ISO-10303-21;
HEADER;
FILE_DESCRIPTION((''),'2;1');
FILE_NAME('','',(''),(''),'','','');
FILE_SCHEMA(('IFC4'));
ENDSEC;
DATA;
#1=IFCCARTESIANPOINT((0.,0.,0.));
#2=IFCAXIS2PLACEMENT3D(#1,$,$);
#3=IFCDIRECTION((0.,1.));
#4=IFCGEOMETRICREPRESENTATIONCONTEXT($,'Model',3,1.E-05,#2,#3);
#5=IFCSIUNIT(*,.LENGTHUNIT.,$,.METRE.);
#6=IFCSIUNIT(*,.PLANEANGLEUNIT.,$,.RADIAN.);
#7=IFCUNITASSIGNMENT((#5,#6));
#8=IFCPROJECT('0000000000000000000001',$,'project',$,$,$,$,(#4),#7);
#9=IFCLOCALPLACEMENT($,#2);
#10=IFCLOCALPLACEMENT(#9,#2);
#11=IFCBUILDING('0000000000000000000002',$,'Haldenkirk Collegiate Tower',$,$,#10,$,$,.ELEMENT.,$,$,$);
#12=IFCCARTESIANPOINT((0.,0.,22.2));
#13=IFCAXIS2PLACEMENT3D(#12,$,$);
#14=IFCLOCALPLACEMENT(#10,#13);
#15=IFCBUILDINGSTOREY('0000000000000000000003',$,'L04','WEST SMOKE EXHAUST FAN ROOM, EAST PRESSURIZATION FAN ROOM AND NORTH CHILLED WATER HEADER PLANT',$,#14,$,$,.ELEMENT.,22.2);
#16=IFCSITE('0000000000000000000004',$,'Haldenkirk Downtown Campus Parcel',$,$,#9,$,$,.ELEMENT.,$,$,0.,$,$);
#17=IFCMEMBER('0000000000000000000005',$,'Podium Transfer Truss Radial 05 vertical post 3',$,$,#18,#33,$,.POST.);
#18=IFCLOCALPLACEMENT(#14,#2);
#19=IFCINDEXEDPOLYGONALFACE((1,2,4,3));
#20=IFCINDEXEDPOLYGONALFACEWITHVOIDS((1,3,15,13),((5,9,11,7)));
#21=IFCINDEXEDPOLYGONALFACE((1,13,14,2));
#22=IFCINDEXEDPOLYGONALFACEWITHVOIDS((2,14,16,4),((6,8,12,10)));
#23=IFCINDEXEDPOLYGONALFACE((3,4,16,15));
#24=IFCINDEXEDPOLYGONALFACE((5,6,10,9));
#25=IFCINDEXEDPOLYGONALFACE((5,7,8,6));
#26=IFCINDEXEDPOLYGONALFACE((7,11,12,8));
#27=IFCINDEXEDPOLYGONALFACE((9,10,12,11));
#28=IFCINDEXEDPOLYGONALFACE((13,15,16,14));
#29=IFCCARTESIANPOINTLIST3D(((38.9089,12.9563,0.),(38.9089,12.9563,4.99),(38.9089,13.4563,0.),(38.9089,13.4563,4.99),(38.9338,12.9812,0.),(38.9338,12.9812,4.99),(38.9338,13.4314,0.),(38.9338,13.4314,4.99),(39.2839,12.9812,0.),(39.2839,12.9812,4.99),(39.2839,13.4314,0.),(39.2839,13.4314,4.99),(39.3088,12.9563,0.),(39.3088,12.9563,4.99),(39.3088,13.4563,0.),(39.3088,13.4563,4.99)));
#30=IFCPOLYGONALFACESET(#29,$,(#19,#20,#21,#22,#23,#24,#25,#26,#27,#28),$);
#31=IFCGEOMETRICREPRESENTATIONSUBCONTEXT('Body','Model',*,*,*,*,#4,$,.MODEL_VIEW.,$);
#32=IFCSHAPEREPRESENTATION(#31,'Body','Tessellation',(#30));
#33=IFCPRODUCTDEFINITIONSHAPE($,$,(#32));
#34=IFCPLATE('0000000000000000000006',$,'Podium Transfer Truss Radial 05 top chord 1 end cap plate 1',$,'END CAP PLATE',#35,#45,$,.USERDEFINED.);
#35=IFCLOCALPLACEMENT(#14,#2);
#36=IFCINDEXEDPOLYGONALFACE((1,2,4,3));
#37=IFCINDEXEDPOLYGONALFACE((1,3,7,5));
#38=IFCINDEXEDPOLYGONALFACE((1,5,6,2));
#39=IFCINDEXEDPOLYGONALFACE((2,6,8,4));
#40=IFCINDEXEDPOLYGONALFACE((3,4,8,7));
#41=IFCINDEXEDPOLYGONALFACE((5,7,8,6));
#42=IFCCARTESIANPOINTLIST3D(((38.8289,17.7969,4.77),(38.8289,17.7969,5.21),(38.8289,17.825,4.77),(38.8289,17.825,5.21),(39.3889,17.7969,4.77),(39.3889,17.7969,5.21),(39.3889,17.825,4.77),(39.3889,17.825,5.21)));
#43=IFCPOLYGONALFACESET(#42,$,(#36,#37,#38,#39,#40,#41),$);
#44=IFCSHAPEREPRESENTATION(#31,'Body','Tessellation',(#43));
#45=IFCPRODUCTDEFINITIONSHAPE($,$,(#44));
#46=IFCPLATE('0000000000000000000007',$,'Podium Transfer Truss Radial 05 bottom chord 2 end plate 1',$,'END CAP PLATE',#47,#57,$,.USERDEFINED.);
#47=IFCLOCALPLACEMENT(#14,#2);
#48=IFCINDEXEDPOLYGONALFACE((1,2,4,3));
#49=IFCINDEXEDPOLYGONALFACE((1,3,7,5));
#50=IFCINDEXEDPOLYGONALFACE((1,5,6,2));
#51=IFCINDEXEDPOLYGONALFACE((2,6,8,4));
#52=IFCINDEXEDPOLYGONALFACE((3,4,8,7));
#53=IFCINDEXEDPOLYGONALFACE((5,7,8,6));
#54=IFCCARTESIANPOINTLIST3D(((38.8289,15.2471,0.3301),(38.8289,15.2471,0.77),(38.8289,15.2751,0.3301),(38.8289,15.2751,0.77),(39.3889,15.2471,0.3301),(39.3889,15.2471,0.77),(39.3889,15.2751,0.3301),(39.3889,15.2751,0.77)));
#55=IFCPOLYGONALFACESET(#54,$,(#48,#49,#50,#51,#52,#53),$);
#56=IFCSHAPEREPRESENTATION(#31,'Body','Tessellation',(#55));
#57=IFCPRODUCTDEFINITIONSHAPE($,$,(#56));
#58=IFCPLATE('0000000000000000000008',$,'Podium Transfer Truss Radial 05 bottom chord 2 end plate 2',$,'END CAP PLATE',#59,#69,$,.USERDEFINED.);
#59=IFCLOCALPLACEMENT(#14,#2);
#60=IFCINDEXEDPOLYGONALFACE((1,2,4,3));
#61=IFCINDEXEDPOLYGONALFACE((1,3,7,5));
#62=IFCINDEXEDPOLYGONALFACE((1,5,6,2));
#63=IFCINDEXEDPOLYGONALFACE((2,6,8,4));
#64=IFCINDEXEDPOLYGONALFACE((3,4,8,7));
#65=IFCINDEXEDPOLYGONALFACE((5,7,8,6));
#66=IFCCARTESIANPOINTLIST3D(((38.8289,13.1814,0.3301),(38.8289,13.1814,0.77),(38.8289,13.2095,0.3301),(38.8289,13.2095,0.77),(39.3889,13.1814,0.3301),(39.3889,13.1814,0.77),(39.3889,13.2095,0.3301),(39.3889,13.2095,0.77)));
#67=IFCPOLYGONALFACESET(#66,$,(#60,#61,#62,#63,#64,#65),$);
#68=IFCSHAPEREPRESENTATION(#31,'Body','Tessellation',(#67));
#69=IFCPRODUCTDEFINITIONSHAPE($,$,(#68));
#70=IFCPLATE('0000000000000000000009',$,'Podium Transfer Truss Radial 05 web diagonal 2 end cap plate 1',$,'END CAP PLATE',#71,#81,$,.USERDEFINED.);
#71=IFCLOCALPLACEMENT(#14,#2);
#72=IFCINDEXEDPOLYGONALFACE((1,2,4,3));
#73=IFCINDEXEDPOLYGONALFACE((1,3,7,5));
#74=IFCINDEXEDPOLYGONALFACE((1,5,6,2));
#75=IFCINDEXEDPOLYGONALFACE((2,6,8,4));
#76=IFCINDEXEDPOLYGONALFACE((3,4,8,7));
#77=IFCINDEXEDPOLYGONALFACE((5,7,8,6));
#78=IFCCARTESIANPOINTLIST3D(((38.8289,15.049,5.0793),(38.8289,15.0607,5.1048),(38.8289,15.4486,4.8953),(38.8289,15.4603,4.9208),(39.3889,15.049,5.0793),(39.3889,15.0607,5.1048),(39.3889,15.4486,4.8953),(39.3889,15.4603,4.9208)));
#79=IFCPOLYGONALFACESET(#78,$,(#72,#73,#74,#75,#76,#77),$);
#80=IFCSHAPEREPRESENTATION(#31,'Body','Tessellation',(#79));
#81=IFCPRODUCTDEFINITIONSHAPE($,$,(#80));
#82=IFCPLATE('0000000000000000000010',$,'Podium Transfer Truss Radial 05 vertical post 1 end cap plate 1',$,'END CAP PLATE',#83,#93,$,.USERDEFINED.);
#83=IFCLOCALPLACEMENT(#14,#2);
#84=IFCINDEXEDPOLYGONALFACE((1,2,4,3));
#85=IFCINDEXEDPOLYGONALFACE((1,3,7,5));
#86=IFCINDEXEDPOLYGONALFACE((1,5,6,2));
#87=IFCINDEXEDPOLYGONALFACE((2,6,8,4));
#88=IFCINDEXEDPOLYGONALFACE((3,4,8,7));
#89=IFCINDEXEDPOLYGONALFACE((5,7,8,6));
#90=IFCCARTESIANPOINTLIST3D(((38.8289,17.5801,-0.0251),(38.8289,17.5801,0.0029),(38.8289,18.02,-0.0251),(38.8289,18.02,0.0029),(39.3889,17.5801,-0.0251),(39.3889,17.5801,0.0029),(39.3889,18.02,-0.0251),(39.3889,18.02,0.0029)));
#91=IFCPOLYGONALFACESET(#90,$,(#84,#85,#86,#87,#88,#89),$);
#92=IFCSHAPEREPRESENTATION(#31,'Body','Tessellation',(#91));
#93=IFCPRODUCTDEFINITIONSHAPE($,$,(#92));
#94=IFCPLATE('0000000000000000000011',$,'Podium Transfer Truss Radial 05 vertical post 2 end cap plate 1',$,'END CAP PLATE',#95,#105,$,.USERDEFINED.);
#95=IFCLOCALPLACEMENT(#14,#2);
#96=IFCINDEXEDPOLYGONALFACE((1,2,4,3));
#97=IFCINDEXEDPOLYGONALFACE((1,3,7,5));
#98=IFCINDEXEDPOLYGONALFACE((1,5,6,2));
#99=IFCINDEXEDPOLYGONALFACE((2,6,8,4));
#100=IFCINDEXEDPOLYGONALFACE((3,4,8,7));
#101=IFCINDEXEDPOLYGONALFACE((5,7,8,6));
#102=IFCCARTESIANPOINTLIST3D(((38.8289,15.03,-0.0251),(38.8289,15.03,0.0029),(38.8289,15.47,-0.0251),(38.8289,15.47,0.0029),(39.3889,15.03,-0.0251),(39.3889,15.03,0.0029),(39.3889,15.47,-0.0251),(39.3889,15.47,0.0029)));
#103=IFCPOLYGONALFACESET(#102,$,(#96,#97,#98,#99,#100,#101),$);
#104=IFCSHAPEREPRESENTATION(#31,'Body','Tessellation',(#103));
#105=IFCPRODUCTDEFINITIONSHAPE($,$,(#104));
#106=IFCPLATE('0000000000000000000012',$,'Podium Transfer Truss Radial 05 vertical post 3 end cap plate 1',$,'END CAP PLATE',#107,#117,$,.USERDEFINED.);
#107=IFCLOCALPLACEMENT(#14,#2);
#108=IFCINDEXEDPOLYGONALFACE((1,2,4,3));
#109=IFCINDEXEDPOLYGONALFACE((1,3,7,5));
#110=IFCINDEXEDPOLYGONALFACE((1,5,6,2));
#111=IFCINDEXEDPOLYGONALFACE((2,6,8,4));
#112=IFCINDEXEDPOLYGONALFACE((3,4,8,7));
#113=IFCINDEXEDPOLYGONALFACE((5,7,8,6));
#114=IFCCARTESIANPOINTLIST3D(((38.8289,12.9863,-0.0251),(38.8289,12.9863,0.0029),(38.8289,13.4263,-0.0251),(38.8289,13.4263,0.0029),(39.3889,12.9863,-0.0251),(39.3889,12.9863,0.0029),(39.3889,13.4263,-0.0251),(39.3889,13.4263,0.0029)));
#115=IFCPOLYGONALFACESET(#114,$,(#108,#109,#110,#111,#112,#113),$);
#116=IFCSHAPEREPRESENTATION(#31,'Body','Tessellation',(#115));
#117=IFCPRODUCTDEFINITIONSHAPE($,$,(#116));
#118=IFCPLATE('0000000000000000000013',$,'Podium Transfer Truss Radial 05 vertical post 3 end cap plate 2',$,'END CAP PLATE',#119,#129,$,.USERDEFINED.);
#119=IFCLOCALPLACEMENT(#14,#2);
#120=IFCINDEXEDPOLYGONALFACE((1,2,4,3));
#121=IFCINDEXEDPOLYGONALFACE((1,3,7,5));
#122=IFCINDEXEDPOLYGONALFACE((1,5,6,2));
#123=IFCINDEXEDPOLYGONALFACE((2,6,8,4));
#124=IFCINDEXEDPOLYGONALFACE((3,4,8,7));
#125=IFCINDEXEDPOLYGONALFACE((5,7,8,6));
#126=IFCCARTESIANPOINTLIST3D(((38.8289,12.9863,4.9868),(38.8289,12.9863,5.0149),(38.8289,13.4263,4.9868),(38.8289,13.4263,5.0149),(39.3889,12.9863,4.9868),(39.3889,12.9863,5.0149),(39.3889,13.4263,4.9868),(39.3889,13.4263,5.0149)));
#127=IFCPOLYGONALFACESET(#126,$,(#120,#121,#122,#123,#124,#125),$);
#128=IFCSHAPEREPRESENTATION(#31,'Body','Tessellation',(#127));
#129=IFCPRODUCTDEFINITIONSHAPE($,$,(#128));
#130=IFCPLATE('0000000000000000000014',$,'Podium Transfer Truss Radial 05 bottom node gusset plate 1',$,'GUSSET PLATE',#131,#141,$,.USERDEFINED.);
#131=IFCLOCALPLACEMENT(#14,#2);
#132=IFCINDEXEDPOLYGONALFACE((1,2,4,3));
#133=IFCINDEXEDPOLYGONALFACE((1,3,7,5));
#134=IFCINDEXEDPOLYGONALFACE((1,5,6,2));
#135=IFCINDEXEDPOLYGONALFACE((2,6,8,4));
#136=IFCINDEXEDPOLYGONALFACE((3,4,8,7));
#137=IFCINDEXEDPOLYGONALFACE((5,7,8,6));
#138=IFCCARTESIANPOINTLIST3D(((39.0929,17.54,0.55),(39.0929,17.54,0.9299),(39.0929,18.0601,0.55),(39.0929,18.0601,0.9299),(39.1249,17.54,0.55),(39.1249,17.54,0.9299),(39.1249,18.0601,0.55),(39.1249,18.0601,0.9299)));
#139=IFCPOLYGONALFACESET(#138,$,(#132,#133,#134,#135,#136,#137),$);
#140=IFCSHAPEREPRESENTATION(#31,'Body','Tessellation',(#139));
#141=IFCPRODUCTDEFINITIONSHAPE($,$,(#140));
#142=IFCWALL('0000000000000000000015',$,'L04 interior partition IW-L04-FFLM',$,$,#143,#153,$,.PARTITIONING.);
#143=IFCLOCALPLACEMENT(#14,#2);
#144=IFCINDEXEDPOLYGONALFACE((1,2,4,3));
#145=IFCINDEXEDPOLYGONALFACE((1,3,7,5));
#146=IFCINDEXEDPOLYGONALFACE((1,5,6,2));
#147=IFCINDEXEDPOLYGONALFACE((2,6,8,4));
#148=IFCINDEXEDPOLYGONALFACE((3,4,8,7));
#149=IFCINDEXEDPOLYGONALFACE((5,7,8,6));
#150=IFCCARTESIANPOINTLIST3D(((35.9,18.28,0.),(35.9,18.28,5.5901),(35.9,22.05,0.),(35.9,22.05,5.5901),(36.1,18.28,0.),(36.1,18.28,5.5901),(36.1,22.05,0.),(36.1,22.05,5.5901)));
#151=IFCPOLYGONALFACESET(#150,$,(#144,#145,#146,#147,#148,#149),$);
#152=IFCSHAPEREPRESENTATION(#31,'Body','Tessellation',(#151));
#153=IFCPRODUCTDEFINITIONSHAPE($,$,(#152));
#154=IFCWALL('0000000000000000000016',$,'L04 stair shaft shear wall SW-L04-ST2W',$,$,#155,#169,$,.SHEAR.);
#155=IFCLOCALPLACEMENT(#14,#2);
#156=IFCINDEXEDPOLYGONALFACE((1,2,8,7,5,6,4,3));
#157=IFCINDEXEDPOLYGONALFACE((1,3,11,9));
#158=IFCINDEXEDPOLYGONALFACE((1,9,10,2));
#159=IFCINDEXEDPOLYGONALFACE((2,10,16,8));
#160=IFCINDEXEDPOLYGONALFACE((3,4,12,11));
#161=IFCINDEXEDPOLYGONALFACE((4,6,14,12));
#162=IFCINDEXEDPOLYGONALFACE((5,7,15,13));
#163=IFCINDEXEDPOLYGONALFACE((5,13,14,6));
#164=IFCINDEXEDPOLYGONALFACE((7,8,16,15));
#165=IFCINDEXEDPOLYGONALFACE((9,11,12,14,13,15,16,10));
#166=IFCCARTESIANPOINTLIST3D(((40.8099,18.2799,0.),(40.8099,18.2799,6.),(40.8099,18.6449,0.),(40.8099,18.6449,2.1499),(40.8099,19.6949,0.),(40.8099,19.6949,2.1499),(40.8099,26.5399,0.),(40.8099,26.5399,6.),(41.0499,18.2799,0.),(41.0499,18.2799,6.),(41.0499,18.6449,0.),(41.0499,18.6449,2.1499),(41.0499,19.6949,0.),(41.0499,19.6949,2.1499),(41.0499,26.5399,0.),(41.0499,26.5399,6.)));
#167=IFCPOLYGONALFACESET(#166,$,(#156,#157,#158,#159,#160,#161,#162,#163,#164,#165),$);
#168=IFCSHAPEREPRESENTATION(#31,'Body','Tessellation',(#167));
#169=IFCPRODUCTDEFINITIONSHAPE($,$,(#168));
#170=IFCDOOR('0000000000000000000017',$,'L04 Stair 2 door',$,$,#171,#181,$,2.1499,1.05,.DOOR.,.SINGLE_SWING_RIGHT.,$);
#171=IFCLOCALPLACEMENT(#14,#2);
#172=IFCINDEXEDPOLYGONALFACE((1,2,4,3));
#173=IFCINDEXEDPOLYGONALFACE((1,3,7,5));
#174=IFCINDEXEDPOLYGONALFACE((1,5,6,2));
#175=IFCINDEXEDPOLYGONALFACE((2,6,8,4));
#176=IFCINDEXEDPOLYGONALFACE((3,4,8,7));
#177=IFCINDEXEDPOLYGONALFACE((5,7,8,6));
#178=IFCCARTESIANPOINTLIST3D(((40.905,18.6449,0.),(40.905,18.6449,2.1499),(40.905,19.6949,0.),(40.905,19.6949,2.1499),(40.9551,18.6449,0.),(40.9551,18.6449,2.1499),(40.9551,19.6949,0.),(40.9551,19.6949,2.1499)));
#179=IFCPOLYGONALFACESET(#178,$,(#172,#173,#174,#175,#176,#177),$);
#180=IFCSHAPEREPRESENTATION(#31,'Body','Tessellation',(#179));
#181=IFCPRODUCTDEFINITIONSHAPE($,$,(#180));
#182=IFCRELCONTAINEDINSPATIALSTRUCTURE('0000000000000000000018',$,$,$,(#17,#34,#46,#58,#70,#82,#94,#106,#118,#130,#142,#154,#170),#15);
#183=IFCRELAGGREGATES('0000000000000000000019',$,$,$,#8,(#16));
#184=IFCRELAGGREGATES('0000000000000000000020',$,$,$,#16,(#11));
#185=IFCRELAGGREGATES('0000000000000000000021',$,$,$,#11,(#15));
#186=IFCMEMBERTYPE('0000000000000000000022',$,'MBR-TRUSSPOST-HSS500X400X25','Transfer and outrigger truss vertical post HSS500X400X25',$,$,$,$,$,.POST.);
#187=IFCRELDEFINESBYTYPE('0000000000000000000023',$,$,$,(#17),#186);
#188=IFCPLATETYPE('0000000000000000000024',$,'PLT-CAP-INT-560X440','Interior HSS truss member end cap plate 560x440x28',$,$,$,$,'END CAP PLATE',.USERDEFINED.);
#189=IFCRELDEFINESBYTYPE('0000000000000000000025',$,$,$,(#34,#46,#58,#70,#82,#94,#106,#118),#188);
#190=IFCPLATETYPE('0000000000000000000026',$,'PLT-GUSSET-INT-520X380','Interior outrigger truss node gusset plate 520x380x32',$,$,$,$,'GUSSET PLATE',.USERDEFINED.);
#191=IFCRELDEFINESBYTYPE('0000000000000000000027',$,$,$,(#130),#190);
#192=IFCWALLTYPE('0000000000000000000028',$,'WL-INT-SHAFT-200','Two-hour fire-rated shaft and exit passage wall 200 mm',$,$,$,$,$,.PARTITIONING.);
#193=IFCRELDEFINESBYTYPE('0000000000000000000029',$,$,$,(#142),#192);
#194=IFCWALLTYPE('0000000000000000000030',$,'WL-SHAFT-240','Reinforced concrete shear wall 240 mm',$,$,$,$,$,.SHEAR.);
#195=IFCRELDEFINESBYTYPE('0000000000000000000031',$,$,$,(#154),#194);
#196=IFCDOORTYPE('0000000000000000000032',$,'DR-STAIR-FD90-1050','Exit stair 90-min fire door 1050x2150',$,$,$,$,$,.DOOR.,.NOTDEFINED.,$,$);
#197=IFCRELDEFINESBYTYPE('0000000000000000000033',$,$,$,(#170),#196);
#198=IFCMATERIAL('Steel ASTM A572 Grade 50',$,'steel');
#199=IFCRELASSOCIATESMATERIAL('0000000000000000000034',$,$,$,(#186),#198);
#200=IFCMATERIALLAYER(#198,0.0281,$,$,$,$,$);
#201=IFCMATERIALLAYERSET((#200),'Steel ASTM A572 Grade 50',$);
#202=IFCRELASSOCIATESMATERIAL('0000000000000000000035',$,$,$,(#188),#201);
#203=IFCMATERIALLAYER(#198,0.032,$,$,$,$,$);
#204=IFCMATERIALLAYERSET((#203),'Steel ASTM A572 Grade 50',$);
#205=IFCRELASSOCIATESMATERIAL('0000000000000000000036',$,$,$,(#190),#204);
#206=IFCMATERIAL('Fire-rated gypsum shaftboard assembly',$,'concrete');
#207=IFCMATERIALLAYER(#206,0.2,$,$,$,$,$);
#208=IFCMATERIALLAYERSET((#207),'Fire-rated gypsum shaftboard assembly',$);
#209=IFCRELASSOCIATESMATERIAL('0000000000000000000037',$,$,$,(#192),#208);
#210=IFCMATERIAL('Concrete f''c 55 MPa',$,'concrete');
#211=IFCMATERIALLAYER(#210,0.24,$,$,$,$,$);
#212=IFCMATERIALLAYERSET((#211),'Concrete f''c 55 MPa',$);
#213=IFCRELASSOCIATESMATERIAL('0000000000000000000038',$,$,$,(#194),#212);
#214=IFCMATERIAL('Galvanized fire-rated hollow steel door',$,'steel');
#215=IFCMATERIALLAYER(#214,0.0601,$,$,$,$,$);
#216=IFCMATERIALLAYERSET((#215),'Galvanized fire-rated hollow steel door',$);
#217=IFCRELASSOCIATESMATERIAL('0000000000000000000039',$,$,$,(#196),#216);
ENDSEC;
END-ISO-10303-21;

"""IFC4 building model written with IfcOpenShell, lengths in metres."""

from ifc_helpers import new_model, si_unit, direction, frame, frame_2d, origin, origin_2d, place, context, subcontext, project, spatial, rectangle, hollow_rectangle, extrude, source, transform, mapped, material, layer, layer_set, material_profile, profile_set, type_object, element, fill, save


model = new_model("IFC4")

# Units and contexts
model_context = context("Model", 3, precision=1e-05, world=origin(), true_north=direction((0.0, 1.0)))
body_context = subcontext(model_context, "Body", "Model", "MODEL_VIEW")
ifc_project = project(units=[si_unit("LENGTHUNIT", "METRE"), si_unit("PLANEANGLEUNIT", "RADIAN")], contexts=[model_context])

# Site, building, storey
site_placement = place(None, origin())
site = spatial("IfcSite", under=ifc_project, at=site_placement, Name="Haldenkirk Downtown Campus Parcel", CompositionType="ELEMENT", RefElevation=0.0)
building_placement = place(site_placement, origin())
building = spatial("IfcBuilding", under=site, at=building_placement, Name="Haldenkirk Collegiate Tower", CompositionType="ELEMENT")
storey_placement = place(building_placement, frame((0.0, 0.0, 22.2)))
storey = spatial("IfcBuildingStorey", under=building, at=storey_placement, Name="L04", Description="WEST SMOKE EXHAUST FAN ROOM, EAST PRESSURIZATION FAN ROOM AND NORTH CHILLED WATER HEADER PLANT", CompositionType="ELEMENT", Elevation=22.2)

# Member
ifc_material_1 = material(Name="Steel ASTM A572 Grade 50", Category="steel")
ifc_material_profile_1 = material_profile(ifc_material_1, hollow_rectangle(XDim=0.3999, YDim=0.5, WallThickness=0.0249, at=origin_2d()), Name="HSS500X400X25")
ifc_profile_set_1 = profile_set([ifc_material_profile_1], Name="Steel ASTM A572 Grade 50")
member_type_1 = type_object("IfcMemberType", Name="MBR-TRUSSPOST-HSS500X400X25", Description="Transfer and outrigger truss vertical post HSS500X400X25", PredefinedType="POST", material=ifc_profile_set_1)
for number, where, z_axis, x_axis, name in (
    (1, (39.1089, 13.2063, 0.0), (0.0, 0.0, 1.0), (1.0, 0.0, 0.0), "Podium Transfer Truss Radial 05 vertical post 3"),
):
    element("IfcMember", number, at=place(storey_placement, frame(where, z_axis=z_axis, x_axis=x_axis)), inside=storey, type_object=member_type_1, Name=name, PredefinedType="POST", context=body_context, shape_type="SweptSolid", body=[
        extrude(hollow_rectangle(XDim=0.3999, YDim=0.5, WallThickness=0.0249, at=origin_2d()), origin(), (0.0, 0.0, 1.0), 4.99),
    ])

# Plates
ifc_layer_1 = layer(ifc_material_1, 0.0281)
ifc_layer_set_1 = layer_set([ifc_layer_1], Name="Steel ASTM A572 Grade 50")
plate_type_1 = type_object("IfcPlateType", Name="PLT-CAP-INT-560X440", Description="Interior HSS truss member end cap plate 560x440x28", ElementType="END CAP PLATE", PredefinedType="USERDEFINED", material=ifc_layer_set_1)
shared_shape_1 = source(origin(), body_context, "Body", "SweptSolid", [
    extrude(rectangle(XDim=0.5601, YDim=0.4399, at=origin_2d()), origin(), (0.0, 0.0, 1.0), 0.0281),
])
for number, where, z_axis, x_axis, name in (
    (2, (39.1089, 17.7969, 4.99), (0.0, 1.0, 0.0), (-1.0, 0.0, 0.0), "Podium Transfer Truss Radial 05 top chord 1 end cap plate 1"),
    (3, (39.1089, 15.2471, 0.55), (0.0, 1.0, 0.0), (-1.0, 0.0, 0.0), "Podium Transfer Truss Radial 05 bottom chord 2 end plate 1"),
    (4, (39.1089, 13.2095, 0.55), (0.0, -1.0, 0.0), (1.0, 0.0, 0.0), "Podium Transfer Truss Radial 05 bottom chord 2 end plate 2"),
    (5, (39.1089, 15.2488, 4.9873), (0.0, 0.418125, 0.908389), (-1.0, 0.0, 0.0), "Podium Transfer Truss Radial 05 web diagonal 2 end cap plate 1"),
    (6, (39.1089, 17.8, 0.0029), (0.0, 0.0, -1.0), (1.0, 0.0, 0.0), "Podium Transfer Truss Radial 05 vertical post 1 end cap plate 1"),
    (7, (39.1089, 15.25, 0.0029), (0.0, 0.0, -1.0), (1.0, 0.0, 0.0), "Podium Transfer Truss Radial 05 vertical post 2 end cap plate 1"),
    (8, (39.1089, 13.2063, 0.0029), (0.0, 0.0, -1.0), (1.0, 0.0, 0.0), "Podium Transfer Truss Radial 05 vertical post 3 end cap plate 1"),
    (9, (39.1089, 13.2063, 4.9868), (0.0, 0.0, 1.0), (1.0, 0.0, 0.0), "Podium Transfer Truss Radial 05 vertical post 3 end cap plate 2"),
):
    element("IfcPlate", number, at=place(storey_placement, frame(where, z_axis=z_axis, x_axis=x_axis)), inside=storey, type_object=plate_type_1, Name=name, ObjectType="END CAP PLATE", PredefinedType="USERDEFINED", context=body_context, shape_type="MappedRepresentation", body=[
        mapped(shared_shape_1, transform((0.0, 0.0, 0.0), x_axis=(1.0, 0.0, 0.0), y_axis=(0.0, 1.0, 0.0), z_axis=(0.0, 0.0, 1.0), scale=1.0)),
    ])
ifc_layer_2 = layer(ifc_material_1, 0.032)
ifc_layer_set_2 = layer_set([ifc_layer_2], Name="Steel ASTM A572 Grade 50")
plate_type_2 = type_object("IfcPlateType", Name="PLT-GUSSET-INT-520X380", Description="Interior outrigger truss node gusset plate 520x380x32", ElementType="GUSSET PLATE", PredefinedType="USERDEFINED", material=ifc_layer_set_2)
shared_shape_2 = source(origin(), body_context, "Body", "SweptSolid", [
    extrude(rectangle(XDim=0.52, YDim=0.032, at=origin_2d()), origin(), (0.0, 0.0, 1.0), 0.3799),
])
plate_placement = place(storey_placement, frame((39.1089, 17.8, 0.55), z_axis=(0.0, 0.0, 1.0), x_axis=(0.0, -1.0, 0.0)))
element("IfcPlate", 10, at=plate_placement, inside=storey, type_object=plate_type_2, Name="Podium Transfer Truss Radial 05 bottom node gusset plate 1", ObjectType="GUSSET PLATE", PredefinedType="USERDEFINED", context=body_context, shape_type="MappedRepresentation", body=[
    mapped(shared_shape_2, transform((0.0, 0.0, 0.0), x_axis=(1.0, 0.0, 0.0), y_axis=(0.0, 1.0, 0.0), z_axis=(0.0, 0.0, 1.0), scale=1.0)),
])

# Wall
ifc_material_2 = material(Name="Fire-rated gypsum shaftboard assembly", Category="concrete")
ifc_layer_3 = layer(ifc_material_2, 0.2)
ifc_layer_set_3 = layer_set([ifc_layer_3], Name="Fire-rated gypsum shaftboard assembly")
wall_type_1 = type_object("IfcWallType", Name="WL-INT-SHAFT-200", Description="Two-hour fire-rated shaft and exit passage wall 200 mm", PredefinedType="PARTITIONING", material=ifc_layer_set_3)
wall_1_placement = place(storey_placement, frame((36.0, 18.28, 0.0), z_axis=(0.0, 0.0, 1.0), x_axis=(0.0, 1.0, 0.0)))
element("IfcWall", 11, at=wall_1_placement, inside=storey, type_object=wall_type_1, Name="L04 interior partition IW-L04-FFLM", PredefinedType="PARTITIONING", context=body_context, shape_type="SweptSolid", body=[
    extrude(rectangle(XDim=3.77, YDim=0.2, at=frame_2d((1.885, 0.0))), origin(), (0.0, 0.0, 1.0), 5.5901),
])

# Wall, opening, door
ifc_material_3 = material(Name="Concrete f'c 55 MPa", Category="concrete")
ifc_layer_4 = layer(ifc_material_3, 0.24)
ifc_layer_set_4 = layer_set([ifc_layer_4], Name="Concrete f'c 55 MPa")
wall_type_2 = type_object("IfcWallType", Name="WL-SHAFT-240", Description="Reinforced concrete shear wall 240 mm", PredefinedType="SHEAR", material=ifc_layer_set_4)
wall_2_placement = place(storey_placement, frame((40.9299, 18.28, 0.0), z_axis=(0.0, 0.0, 1.0), x_axis=(0.0, 1.0, 0.0)))
wall_2 = element("IfcWall", 12, at=wall_2_placement, inside=storey, type_object=wall_type_2, Name="L04 stair shaft shear wall SW-L04-ST2W", PredefinedType="SHEAR", context=body_context, shape_type="SweptSolid", body=[
    extrude(rectangle(XDim=8.26, YDim=0.24, at=frame_2d((4.1299, 0.0))), origin(), (0.0, 0.0, 1.0), 6.0),
])
opening_placement = place(wall_2_placement, frame((0.365, 0.0, 0.0)))
opening = element("IfcOpeningElement", 13, at=opening_placement, cuts=wall_2, PredefinedType="OPENING", context=body_context, shape_type="SweptSolid", body=[
    extrude(rectangle(XDim=1.05, YDim=2.1499, at=frame_2d((0.5249, 1.075))), frame((0.0, 0.1299, 0.0), z_axis=(0.0, -1.0, 0.0), x_axis=(1.0, 0.0, 0.0)), (0.0, 0.0, 1.0), 0.26),
])
ifc_material_4 = material(Name="Galvanized fire-rated hollow steel door", Category="steel")
ifc_layer_5 = layer(ifc_material_4, 0.0601)
ifc_layer_set_5 = layer_set([ifc_layer_5], Name="Galvanized fire-rated hollow steel door")
door_type = type_object("IfcDoorType", Name="DR-STAIR-FD90-1050", Description="Exit stair 90-min fire door 1050x2150", OperationType="NOTDEFINED", PredefinedType="DOOR", material=ifc_layer_set_5)
door_placement = place(opening_placement, origin())
door = element("IfcDoor", 14, at=door_placement, inside=storey, type_object=door_type, Name="L04 Stair 2 door", OperationType="SINGLE_SWING_RIGHT", OverallHeight=2.1499, OverallWidth=1.05, PredefinedType="DOOR", context=body_context, shape_type="SweptSolid", body=[
    extrude(rectangle(XDim=1.05, YDim=2.1499, at=frame_2d((0.5249, 1.075))), frame((0.0, 0.0249, 0.0), z_axis=(0.0, -1.0, 0.0), x_axis=(1.0, 0.0, 0.0)), (0.0, 0.0, 1.0), 0.05),
])
fill(opening, door)

save(model, "model.ifc")
